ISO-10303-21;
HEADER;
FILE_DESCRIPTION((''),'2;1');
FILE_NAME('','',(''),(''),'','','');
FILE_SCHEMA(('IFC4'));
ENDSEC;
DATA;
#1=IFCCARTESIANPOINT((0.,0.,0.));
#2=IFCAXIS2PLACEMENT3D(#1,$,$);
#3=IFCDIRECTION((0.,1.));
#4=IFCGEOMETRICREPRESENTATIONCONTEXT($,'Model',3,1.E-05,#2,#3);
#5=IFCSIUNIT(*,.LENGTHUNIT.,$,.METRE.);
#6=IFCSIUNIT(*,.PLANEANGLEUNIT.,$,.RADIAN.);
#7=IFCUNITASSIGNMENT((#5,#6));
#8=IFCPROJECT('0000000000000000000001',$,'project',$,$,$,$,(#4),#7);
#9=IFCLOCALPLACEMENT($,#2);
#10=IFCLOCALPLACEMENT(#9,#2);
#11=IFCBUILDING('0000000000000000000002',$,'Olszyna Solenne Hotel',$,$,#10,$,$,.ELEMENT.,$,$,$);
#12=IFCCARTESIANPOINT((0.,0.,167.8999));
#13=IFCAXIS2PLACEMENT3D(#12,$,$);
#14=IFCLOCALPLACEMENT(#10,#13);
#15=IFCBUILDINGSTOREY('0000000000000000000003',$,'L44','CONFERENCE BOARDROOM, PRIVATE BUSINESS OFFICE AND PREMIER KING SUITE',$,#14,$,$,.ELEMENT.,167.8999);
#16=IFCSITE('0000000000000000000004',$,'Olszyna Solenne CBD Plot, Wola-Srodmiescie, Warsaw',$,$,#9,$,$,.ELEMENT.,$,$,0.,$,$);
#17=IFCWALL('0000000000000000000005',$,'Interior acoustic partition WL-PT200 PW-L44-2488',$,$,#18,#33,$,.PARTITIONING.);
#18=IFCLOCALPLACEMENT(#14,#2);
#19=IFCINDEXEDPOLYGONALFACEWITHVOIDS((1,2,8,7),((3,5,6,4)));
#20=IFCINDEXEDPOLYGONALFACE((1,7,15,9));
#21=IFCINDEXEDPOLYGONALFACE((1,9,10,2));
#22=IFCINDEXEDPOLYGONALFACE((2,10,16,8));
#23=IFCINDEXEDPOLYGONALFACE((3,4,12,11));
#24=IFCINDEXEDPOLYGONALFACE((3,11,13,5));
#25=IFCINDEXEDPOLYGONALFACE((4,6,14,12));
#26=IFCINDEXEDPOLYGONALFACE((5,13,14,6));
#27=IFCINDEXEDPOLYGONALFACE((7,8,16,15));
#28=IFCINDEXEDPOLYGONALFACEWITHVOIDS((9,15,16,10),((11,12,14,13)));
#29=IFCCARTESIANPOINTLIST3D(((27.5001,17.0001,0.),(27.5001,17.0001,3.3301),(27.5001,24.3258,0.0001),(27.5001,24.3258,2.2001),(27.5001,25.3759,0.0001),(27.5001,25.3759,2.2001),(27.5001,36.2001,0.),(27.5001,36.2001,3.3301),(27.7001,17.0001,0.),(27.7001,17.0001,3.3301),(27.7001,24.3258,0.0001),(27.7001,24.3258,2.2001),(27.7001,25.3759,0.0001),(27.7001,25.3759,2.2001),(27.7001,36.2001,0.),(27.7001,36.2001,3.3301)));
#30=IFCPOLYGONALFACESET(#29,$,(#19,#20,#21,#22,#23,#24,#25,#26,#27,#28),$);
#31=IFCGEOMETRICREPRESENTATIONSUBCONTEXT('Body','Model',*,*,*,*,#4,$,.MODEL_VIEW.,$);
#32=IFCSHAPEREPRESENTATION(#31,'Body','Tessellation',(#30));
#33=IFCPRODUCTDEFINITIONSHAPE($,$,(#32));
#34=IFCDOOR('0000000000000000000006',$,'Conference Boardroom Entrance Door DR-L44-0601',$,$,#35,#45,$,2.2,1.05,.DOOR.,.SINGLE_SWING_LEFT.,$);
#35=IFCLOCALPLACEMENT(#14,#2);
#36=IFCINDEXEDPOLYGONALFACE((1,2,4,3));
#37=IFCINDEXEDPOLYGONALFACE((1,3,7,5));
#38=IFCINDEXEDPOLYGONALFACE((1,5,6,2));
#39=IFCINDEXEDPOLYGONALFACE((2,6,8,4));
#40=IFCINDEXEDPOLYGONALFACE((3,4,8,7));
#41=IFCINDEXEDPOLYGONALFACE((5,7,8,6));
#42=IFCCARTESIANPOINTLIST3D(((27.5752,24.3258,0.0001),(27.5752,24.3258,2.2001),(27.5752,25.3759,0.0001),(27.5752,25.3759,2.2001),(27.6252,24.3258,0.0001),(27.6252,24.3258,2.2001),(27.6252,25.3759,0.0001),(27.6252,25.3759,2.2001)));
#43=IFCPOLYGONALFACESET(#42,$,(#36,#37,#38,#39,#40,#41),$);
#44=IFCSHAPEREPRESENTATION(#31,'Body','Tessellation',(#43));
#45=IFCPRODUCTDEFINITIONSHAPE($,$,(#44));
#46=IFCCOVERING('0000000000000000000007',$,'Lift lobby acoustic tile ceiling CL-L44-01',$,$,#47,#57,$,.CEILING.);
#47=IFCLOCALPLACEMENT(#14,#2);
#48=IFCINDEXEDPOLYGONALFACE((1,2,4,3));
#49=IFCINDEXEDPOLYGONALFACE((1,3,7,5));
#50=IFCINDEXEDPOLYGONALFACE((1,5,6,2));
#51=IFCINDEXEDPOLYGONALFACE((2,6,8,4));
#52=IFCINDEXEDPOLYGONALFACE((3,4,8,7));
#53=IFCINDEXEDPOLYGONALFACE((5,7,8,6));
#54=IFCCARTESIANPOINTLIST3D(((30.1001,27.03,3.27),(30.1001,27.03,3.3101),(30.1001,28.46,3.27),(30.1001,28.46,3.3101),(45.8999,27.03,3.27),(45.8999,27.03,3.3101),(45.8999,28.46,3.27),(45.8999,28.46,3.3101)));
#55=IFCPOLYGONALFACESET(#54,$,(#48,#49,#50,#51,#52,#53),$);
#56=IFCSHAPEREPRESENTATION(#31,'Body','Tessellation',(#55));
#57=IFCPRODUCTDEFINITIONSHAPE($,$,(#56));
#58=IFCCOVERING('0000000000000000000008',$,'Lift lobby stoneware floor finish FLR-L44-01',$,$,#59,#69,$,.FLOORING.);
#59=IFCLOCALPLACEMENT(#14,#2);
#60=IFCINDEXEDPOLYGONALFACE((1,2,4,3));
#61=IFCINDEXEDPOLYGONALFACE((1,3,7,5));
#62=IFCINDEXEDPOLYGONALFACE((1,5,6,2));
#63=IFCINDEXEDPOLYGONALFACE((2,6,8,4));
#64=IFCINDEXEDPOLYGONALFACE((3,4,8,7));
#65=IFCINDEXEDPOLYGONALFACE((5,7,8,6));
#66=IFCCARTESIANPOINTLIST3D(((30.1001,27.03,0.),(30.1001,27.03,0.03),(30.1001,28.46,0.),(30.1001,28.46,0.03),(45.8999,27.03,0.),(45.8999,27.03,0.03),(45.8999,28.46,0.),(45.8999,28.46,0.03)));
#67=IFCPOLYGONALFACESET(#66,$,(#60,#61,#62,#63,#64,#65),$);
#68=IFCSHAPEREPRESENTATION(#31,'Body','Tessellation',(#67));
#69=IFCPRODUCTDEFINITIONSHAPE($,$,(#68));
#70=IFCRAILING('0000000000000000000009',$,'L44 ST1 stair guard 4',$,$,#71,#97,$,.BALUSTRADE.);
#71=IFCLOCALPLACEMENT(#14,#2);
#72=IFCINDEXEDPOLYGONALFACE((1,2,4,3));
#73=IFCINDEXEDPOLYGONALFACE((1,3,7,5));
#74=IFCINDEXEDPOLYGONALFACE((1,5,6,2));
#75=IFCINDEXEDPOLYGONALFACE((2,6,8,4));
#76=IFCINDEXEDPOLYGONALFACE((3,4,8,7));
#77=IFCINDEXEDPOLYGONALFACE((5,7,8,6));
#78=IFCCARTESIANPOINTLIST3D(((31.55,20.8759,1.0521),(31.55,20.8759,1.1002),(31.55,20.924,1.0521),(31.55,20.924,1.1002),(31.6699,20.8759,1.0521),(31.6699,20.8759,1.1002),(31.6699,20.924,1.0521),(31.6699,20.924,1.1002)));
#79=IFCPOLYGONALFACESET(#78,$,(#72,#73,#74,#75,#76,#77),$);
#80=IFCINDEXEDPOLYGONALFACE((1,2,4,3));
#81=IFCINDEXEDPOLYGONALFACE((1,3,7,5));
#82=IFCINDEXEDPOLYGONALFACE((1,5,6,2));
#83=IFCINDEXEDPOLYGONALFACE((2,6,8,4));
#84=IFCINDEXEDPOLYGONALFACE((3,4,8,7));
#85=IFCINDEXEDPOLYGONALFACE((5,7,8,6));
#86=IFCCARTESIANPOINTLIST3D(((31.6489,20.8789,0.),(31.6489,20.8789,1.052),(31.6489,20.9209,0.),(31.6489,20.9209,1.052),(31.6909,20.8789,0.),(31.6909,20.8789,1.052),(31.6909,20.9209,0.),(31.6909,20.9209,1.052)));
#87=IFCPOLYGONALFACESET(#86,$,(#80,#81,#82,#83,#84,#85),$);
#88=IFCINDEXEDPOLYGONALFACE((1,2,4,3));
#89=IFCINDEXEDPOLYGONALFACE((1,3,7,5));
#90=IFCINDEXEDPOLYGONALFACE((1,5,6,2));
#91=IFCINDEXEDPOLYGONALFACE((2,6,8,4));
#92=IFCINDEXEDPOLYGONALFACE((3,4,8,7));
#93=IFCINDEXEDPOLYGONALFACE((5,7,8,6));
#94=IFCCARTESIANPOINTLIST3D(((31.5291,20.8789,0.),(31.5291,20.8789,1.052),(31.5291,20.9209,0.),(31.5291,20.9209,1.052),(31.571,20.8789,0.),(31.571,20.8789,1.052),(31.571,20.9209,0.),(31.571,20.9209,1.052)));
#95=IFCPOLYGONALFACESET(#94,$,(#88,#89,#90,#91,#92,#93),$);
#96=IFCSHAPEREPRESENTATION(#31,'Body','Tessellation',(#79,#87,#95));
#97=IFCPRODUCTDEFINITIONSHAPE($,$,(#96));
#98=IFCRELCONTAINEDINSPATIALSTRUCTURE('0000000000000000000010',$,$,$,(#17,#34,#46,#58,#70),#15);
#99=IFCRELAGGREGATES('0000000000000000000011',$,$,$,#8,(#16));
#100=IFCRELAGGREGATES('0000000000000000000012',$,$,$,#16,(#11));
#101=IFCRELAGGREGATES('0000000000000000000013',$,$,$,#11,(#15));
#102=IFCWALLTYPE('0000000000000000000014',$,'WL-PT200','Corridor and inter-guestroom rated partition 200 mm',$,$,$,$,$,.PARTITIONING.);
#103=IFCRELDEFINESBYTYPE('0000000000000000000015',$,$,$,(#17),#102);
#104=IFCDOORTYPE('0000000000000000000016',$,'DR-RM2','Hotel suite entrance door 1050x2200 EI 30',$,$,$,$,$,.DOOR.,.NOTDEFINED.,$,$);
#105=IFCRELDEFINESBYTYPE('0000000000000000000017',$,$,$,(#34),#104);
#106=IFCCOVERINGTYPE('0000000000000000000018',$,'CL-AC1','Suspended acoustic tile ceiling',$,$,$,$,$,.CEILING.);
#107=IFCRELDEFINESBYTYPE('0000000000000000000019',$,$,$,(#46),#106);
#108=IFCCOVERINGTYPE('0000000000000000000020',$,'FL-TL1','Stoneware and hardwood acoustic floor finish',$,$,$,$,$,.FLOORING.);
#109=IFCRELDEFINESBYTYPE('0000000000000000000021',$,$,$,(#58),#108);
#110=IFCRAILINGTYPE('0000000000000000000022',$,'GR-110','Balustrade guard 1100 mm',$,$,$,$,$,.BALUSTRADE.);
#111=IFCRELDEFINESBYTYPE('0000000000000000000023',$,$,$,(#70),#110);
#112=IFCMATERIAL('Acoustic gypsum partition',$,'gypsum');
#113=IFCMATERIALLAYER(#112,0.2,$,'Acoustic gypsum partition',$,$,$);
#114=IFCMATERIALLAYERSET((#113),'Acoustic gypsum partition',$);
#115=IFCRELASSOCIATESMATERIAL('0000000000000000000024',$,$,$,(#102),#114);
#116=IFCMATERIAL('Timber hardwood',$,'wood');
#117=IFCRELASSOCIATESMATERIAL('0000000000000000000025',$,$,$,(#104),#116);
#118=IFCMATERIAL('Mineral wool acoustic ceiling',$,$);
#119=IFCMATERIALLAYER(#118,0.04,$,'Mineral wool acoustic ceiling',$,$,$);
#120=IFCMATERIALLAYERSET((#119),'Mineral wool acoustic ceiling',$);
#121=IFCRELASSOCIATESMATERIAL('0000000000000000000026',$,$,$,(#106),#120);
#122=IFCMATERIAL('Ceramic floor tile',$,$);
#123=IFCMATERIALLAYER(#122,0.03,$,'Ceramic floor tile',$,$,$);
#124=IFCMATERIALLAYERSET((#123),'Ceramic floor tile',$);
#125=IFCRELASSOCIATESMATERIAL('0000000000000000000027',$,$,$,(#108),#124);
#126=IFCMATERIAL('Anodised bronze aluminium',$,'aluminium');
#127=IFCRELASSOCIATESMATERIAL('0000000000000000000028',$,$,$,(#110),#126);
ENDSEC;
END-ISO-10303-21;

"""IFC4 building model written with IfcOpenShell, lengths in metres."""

from ifc_helpers import new_model, si_unit, direction, frame, frame_2d, origin, origin_2d, place, context, subcontext, project, spatial, polyline, rectangle, outline, extrude, source, transform, mapped, material, layer, layer_set, type_object, type_shapes, element, fill, save


model = new_model("IFC4")

# Units and contexts
model_context = context("Model", 3, precision=1e-05, world=origin(), true_north=direction((0.0, 1.0)))
body_context = subcontext(model_context, "Body", "Model", "MODEL_VIEW")
ifc_project = project(units=[si_unit("LENGTHUNIT", "METRE"), si_unit("PLANEANGLEUNIT", "RADIAN")], contexts=[model_context])

# Site, building, storey
site_placement = place(None, origin())
site = spatial("IfcSite", under=ifc_project, at=site_placement, Name="Olszyna Solenne CBD Plot, Wola-Srodmiescie, Warsaw", CompositionType="ELEMENT", RefElevation=0.0)
building_placement = place(site_placement, origin())
building = spatial("IfcBuilding", under=site, at=building_placement, Name="Olszyna Solenne Hotel", CompositionType="ELEMENT")
storey_placement = place(building_placement, frame((0.0, 0.0, 167.8999)))
storey = spatial("IfcBuildingStorey", under=building, at=storey_placement, Name="L44", Description="CONFERENCE BOARDROOM, PRIVATE BUSINESS OFFICE AND PREMIER KING SUITE", CompositionType="ELEMENT", Elevation=167.8999)

# Shared definitions
ifc_material_1 = material(Name="Timber hardwood", Category="wood")

# Shared definitions
ifc_material_2 = material(Name="Anodised bronze aluminium", Category="aluminium")

# Shared definitions
ifc_material_3 = material(Name="Acoustic gypsum partition", Category="gypsum")
ifc_layer_1 = layer(ifc_material_3, 0.2, Name="Acoustic gypsum partition")
ifc_layer_set_1 = layer_set([ifc_layer_1], Name="Acoustic gypsum partition")
wall_type_1 = type_object("IfcWallType", Name="WL-PT200", Description="Corridor and inter-guestroom rated partition 200 mm", PredefinedType="PARTITIONING", material=ifc_layer_set_1)

# Shared definitions
door_type_1 = type_object("IfcDoorType", Name="DR-RM2", Description="Hotel suite entrance door 1050x2200 EI 30", OperationType="NOTDEFINED", PredefinedType="DOOR", material=ifc_material_1)
shared_shape_1 = source(origin(), body_context, "Body", "SweptSolid", [
    extrude(rectangle(XDim=1.05, YDim=2.2, at=frame_2d((0.5249, 1.1001))), frame((0.0, 0.0249, 0.0), z_axis=(0.0, -1.0, 0.0), x_axis=(1.0, 0.0, 0.0)), (0.0, 0.0, 1.0), 0.05),
])
type_shapes(door_type_1, [shared_shape_1])

# Wall, opening, door
wall_1_placement = place(storey_placement, frame((27.6001, 17.0, 0.0), z_axis=(0.0, 0.0, 1.0), x_axis=(0.0, 1.0, 0.0)))
wall_1 = element("IfcWall", 1, at=wall_1_placement, inside=storey, type_object=wall_type_1, Name="Interior acoustic partition WL-PT200 PW-L44-2488", PredefinedType="PARTITIONING", context=body_context, shape_type="SweptSolid", body=[
    extrude(rectangle(XDim=19.2, YDim=0.2, at=frame_2d((9.6001, 0.0))), origin(), (0.0, 0.0, 1.0), 3.3301),
])
opening_1_placement = place(wall_1_placement, frame((7.3259, 0.0, 0.0)))
opening_1 = element("IfcOpeningElement", 2, at=opening_1_placement, cuts=wall_1, PredefinedType="OPENING", context=body_context, shape_type="SweptSolid", body=[
    extrude(rectangle(XDim=1.05, YDim=2.2, at=frame_2d((0.5249, 1.1001))), frame((0.0, 0.1099, 0.0), z_axis=(0.0, -1.0, 0.0), x_axis=(1.0, 0.0, 0.0)), (0.0, 0.0, 1.0), 0.22),
])
door_1_placement = place(opening_1_placement, origin())
door_1 = element("IfcDoor", 3, at=door_1_placement, inside=storey, type_object=door_type_1, Name="Conference Boardroom Entrance Door DR-L44-0601", OperationType="SINGLE_SWING_LEFT", OverallHeight=2.2, OverallWidth=1.05, PredefinedType="DOOR", context=body_context, shape_type="MappedRepresentation", body=[
    mapped(shared_shape_1, transform((0.0, 0.0, 0.0), x_axis=(1.0, 0.0, 0.0), y_axis=(0.0, 1.0, 0.0), z_axis=(0.0, 0.0, 1.0), scale=1.0)),
])
fill(opening_1, door_1)

# Coverings
ifc_material_4 = material(Name="Mineral wool acoustic ceiling")
ifc_layer_2 = layer(ifc_material_4, 0.04, Name="Mineral wool acoustic ceiling")
ifc_layer_set_2 = layer_set([ifc_layer_2], Name="Mineral wool acoustic ceiling")
covering_type_1 = type_object("IfcCoveringType", Name="CL-AC1", Description="Suspended acoustic tile ceiling", PredefinedType="CEILING", material=ifc_layer_set_2)
covering_1_placement = place(storey_placement, frame((0.0, 0.0, 3.27)))
element("IfcCovering", 4, at=covering_1_placement, inside=storey, type_object=covering_type_1, Name="Lift lobby acoustic tile ceiling CL-L44-01", PredefinedType="CEILING", context=body_context, shape_type="SweptSolid", body=[
    extrude(outline(polyline([(30.1001, 27.03), (45.8999, 27.03), (45.8999, 28.46), (30.1001, 28.46), (30.1001, 27.03)])), origin(), (0.0, 0.0, 1.0), 0.04),
])
ifc_material_5 = material(Name="Ceramic floor tile")
ifc_layer_3 = layer(ifc_material_5, 0.03, Name="Ceramic floor tile")
ifc_layer_set_3 = layer_set([ifc_layer_3], Name="Ceramic floor tile")
covering_type_2 = type_object("IfcCoveringType", Name="FL-TL1", Description="Stoneware and hardwood acoustic floor finish", PredefinedType="FLOORING", material=ifc_layer_set_3)
covering_2_placement = place(storey_placement, origin())
element("IfcCovering", 5, at=covering_2_placement, inside=storey, type_object=covering_type_2, Name="Lift lobby stoneware floor finish FLR-L44-01", PredefinedType="FLOORING", context=body_context, shape_type="SweptSolid", body=[
    extrude(outline(polyline([(30.1001, 27.03), (45.8999, 27.03), (45.8999, 28.46), (30.1001, 28.46), (30.1001, 27.03)])), origin(), (0.0, 0.0, 1.0), 0.03),
])

# Railing
railing_type = type_object("IfcRailingType", Name="GR-110", Description="Balustrade guard 1100 mm", PredefinedType="BALUSTRADE", material=ifc_material_2)
railing_placement = place(storey_placement, frame((31.6699, 20.8999, 0.0)))
element("IfcRailing", 6, at=railing_placement, inside=storey, type_object=railing_type, Name="L44 ST1 stair guard 4", PredefinedType="BALUSTRADE", context=body_context, shape_type="SweptSolid", body=[
    extrude(rectangle(XDim=0.0481, YDim=0.0481, at=origin_2d()), frame((0.0, 0.0, 1.0762), z_axis=(-1.0, 0.0, 0.0), x_axis=(0.0, -1.0, 0.0)), (0.0, 0.0, 1.0), 0.1199),
    extrude(rectangle(XDim=0.042, YDim=0.042, at=origin_2d()), origin(), (0.0, 0.0, 1.0), 1.052),
    extrude(rectangle(XDim=0.042, YDim=0.042, at=origin_2d()), frame((-0.1199, 0.0, 0.0)), (0.0, 0.0, 1.0), 1.052),
])

save(model, "model.ifc")
